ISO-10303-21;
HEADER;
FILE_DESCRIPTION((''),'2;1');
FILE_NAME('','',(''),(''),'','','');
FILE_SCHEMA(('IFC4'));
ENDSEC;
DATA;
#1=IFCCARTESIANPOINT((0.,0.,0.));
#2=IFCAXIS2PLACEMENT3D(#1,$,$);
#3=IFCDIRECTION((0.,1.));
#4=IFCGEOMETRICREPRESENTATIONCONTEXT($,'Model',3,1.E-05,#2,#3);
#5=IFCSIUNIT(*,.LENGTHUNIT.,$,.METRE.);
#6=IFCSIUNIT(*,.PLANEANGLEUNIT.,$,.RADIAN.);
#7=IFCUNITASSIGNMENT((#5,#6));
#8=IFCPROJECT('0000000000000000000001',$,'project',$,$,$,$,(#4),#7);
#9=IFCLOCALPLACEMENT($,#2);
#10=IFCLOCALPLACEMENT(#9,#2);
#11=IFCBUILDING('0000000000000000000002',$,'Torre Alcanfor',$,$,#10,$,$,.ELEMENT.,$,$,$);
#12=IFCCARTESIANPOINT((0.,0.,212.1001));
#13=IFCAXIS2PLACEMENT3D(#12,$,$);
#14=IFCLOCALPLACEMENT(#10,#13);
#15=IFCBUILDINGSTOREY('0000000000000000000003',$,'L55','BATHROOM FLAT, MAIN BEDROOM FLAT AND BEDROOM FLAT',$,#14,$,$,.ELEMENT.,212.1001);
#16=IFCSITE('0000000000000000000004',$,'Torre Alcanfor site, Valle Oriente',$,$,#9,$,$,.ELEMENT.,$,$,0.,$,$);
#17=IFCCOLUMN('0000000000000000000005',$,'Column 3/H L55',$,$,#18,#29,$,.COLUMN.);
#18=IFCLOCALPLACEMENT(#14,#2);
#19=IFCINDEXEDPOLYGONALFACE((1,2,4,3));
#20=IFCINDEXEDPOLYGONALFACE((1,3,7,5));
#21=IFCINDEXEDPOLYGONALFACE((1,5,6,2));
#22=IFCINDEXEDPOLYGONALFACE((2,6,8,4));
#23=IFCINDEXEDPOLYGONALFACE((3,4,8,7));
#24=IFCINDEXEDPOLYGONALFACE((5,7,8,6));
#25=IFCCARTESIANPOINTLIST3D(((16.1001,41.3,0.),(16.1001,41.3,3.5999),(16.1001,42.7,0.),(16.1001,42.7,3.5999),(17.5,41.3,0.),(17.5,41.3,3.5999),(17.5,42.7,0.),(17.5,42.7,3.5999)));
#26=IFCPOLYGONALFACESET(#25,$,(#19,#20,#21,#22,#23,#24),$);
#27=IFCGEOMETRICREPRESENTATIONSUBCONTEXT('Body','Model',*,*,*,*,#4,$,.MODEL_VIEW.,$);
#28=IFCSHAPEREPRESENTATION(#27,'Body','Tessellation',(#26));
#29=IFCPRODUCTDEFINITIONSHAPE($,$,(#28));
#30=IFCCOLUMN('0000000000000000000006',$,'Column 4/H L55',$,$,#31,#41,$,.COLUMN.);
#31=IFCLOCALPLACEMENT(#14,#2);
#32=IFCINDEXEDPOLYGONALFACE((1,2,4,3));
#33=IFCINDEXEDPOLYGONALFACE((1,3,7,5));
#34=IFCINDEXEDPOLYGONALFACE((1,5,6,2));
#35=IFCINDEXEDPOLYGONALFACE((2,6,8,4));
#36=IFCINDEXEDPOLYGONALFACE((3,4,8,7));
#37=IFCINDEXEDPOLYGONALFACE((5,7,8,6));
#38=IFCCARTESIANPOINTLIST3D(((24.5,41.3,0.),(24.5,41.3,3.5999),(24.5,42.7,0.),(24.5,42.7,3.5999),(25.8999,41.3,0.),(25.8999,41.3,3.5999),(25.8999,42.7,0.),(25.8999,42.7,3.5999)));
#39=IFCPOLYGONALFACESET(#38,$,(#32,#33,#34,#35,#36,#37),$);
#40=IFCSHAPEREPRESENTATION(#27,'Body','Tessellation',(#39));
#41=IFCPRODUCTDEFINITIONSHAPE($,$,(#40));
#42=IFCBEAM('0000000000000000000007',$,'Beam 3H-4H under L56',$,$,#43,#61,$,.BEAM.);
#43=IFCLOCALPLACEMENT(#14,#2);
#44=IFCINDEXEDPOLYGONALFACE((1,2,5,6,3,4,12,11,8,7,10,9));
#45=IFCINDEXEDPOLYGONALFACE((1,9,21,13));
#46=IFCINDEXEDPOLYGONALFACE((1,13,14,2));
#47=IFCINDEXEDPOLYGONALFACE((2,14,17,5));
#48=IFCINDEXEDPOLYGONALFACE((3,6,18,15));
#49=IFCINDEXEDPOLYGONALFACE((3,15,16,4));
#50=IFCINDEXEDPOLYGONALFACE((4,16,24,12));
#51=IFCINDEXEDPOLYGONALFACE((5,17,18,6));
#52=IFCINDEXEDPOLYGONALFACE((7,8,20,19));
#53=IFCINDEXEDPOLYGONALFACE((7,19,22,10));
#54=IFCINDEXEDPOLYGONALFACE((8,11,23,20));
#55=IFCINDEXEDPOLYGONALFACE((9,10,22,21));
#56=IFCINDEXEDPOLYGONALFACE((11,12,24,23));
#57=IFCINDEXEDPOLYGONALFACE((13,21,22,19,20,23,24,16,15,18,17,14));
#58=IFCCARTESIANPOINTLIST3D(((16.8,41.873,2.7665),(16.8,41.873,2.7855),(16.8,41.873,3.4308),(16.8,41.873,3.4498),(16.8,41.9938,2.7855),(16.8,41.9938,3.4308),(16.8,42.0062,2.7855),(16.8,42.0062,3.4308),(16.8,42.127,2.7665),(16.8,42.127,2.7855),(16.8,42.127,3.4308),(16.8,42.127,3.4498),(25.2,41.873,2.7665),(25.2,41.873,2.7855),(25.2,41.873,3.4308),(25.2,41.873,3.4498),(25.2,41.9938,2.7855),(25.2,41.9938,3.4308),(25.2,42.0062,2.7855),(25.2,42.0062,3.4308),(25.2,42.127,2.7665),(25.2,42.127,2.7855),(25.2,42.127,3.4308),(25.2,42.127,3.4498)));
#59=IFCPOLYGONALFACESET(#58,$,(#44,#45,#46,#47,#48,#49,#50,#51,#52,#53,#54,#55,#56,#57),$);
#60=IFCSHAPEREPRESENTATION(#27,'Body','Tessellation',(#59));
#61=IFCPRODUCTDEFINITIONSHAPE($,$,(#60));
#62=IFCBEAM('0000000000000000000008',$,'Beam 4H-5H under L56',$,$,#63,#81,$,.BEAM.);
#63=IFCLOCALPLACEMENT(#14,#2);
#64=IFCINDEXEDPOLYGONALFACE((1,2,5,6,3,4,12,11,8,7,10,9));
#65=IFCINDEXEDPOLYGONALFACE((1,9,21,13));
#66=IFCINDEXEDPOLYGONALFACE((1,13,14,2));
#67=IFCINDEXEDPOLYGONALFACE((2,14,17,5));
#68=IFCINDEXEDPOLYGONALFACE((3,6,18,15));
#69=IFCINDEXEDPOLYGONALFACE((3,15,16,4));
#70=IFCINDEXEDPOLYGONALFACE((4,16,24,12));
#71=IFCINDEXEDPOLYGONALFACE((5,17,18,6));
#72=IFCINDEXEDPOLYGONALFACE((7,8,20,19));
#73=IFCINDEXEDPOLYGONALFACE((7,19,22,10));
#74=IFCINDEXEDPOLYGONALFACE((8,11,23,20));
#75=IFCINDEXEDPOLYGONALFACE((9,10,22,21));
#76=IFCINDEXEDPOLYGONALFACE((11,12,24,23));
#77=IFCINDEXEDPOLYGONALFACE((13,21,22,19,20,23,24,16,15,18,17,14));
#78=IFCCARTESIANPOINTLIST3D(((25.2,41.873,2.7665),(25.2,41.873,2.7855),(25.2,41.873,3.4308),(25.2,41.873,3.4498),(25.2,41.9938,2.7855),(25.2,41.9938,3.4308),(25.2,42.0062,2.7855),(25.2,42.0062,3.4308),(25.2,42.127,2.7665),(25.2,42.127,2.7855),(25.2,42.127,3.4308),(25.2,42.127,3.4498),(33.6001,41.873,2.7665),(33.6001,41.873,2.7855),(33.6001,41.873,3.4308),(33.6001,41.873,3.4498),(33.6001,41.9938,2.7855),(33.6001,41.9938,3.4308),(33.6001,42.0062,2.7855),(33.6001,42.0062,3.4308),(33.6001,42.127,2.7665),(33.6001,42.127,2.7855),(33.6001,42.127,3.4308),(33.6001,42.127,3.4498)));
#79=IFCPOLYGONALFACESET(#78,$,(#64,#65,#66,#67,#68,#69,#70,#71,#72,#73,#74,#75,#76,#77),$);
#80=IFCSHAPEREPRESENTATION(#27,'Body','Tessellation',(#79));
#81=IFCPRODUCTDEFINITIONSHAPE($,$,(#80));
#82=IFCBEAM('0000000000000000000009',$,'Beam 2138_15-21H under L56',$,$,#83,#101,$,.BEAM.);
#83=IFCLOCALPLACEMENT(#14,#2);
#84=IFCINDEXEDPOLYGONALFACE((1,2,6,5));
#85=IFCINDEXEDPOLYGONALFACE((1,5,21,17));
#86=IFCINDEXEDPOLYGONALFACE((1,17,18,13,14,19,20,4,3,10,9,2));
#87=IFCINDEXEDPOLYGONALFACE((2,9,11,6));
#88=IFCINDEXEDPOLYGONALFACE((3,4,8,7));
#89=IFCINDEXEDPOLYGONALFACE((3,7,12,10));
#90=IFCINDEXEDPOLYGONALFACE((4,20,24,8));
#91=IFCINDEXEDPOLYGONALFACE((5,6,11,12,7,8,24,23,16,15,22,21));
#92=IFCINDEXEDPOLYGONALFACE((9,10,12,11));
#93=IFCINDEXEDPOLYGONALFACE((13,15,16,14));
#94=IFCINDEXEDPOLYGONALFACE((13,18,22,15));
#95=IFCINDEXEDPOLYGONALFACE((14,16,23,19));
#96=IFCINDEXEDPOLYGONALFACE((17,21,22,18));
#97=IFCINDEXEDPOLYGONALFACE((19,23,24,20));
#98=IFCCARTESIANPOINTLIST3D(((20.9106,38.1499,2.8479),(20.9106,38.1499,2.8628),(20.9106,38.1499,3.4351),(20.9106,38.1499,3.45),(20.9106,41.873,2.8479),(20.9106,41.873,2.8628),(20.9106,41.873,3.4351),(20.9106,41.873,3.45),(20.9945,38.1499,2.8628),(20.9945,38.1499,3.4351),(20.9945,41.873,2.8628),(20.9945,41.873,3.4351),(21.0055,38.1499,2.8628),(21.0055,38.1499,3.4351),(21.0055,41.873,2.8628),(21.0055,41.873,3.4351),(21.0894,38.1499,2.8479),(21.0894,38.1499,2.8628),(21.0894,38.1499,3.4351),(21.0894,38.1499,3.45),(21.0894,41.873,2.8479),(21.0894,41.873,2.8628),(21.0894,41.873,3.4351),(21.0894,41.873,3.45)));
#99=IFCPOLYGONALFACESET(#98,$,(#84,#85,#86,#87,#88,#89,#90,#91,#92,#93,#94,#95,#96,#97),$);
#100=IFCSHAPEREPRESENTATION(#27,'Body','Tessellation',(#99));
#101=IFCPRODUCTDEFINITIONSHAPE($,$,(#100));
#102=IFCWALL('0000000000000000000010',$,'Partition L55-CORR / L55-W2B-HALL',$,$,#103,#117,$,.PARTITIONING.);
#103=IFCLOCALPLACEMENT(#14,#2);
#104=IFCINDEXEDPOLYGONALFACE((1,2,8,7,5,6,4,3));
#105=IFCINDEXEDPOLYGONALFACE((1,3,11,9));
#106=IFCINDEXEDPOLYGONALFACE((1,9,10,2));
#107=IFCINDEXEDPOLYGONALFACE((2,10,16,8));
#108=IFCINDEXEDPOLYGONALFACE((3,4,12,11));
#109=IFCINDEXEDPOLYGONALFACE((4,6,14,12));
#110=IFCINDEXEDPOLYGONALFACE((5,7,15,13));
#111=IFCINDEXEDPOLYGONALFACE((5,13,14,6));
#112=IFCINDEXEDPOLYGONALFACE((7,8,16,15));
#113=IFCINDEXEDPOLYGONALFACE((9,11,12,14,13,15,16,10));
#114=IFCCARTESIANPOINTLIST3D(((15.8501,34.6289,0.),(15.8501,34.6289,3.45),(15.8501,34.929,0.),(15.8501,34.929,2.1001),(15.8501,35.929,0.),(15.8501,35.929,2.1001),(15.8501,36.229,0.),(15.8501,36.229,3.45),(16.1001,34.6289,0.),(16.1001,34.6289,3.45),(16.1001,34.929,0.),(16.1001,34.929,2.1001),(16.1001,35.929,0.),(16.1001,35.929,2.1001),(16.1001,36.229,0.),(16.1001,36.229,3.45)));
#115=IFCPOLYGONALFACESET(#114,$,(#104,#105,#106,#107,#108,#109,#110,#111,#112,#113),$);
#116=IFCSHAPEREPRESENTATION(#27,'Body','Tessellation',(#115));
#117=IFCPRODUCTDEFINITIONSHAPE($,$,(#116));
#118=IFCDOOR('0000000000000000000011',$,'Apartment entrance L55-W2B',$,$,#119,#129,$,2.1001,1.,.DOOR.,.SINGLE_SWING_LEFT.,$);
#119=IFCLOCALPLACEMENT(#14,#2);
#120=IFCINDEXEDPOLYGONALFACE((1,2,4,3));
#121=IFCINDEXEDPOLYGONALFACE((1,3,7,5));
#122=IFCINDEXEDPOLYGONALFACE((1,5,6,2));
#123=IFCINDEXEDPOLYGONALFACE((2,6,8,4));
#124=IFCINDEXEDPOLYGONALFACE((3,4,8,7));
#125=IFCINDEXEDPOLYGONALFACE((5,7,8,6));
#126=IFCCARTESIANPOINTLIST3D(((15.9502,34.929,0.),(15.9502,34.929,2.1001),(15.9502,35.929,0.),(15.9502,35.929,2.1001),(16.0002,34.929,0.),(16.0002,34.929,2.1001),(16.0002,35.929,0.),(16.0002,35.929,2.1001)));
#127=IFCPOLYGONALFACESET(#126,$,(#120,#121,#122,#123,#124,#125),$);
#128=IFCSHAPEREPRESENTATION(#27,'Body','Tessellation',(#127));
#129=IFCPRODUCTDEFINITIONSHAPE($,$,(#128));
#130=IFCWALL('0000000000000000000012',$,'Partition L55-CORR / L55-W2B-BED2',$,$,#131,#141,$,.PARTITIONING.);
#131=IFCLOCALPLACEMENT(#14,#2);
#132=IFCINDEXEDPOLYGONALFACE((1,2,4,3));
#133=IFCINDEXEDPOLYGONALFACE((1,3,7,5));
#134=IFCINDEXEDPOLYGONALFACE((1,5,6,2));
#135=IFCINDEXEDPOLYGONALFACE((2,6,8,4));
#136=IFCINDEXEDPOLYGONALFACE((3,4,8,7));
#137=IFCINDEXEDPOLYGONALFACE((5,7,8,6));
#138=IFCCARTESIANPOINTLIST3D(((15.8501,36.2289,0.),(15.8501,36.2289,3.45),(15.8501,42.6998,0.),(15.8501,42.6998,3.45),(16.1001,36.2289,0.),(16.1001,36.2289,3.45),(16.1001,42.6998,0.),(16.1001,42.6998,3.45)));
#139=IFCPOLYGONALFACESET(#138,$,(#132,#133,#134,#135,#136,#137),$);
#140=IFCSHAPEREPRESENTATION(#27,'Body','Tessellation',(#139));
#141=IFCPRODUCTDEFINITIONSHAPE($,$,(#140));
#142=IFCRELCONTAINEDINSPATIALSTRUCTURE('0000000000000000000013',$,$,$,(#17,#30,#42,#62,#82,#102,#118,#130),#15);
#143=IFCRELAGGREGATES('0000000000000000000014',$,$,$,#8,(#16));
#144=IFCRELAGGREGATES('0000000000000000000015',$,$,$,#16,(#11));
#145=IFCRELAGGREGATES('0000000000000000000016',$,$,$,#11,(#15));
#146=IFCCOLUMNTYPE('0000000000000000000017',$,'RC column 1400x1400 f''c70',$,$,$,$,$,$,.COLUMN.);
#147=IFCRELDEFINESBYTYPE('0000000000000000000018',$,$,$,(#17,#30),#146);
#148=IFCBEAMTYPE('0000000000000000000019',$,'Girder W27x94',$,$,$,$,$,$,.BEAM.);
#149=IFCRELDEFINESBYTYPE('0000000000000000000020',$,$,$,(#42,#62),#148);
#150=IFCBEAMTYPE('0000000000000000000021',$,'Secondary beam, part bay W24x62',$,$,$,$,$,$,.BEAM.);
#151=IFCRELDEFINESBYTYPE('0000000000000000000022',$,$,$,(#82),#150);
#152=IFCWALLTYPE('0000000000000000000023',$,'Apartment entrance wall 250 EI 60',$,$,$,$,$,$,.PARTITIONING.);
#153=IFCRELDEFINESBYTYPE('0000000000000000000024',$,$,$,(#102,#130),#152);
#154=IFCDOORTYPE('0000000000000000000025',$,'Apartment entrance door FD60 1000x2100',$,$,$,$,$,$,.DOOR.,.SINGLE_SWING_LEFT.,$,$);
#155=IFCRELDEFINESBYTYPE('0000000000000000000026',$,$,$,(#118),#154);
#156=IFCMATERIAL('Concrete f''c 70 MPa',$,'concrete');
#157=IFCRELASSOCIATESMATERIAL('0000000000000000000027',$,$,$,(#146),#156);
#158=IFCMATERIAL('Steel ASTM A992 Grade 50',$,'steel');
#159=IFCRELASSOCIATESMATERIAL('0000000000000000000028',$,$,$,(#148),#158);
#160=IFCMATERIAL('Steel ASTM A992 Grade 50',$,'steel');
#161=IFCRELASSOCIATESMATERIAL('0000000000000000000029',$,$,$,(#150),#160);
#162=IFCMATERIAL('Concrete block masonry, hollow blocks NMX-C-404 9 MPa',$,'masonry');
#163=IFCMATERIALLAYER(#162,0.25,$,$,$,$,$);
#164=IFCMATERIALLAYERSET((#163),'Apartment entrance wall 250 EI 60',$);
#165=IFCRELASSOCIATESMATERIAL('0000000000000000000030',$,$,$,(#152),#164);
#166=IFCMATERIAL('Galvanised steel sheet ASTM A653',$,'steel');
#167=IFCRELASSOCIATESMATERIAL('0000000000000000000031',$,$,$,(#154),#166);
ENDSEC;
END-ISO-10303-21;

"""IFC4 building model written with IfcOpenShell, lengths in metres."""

from ifc_helpers import new_model, si_unit, direction, frame, frame_2d, origin, origin_2d, place, context, subcontext, project, spatial, rectangle, i_section, extrude, material, layer, layer_set, material_profile, profile_set, type_object, element, fill, save


model = new_model("IFC4")

# Units and contexts
model_context = context("Model", 3, precision=1e-05, world=origin(), true_north=direction((0.0, 1.0)))
body_context = subcontext(model_context, "Body", "Model", "MODEL_VIEW")
ifc_project = project(units=[si_unit("LENGTHUNIT", "METRE"), si_unit("PLANEANGLEUNIT", "RADIAN")], contexts=[model_context])

# Site, building, storey
site_placement = place(None, origin())
site = spatial("IfcSite", under=ifc_project, at=site_placement, Name="Torre Alcanfor site, Valle Oriente", CompositionType="ELEMENT", RefElevation=0.0)
building_placement = place(site_placement, origin())
building = spatial("IfcBuilding", under=site, at=building_placement, Name="Torre Alcanfor", CompositionType="ELEMENT")
storey_placement = place(building_placement, frame((0.0, 0.0, 212.1001)))
storey = spatial("IfcBuildingStorey", under=building, at=storey_placement, Name="L55", Description="BATHROOM FLAT, MAIN BEDROOM FLAT AND BEDROOM FLAT", CompositionType="ELEMENT", Elevation=212.1001)

# Columns
ifc_material_1 = material(Name="Concrete f'c 70 MPa", Category="concrete")
ifc_material_profile_1 = material_profile(ifc_material_1, rectangle(XDim=1.3999, YDim=1.3999, at=origin_2d()), Name="1400x1400")
ifc_profile_set_1 = profile_set([ifc_material_profile_1], Name="Concrete f'c 70 MPa")
column_type = type_object("IfcColumnType", Name="RC column 1400x1400 f'c70", PredefinedType="COLUMN", material=ifc_profile_set_1)
for number, where, z_axis, x_axis, name in (
    (1, (16.8, 42.0, 0.0), (0.0, 0.0, 1.0), (1.0, 0.0, 0.0), "Column 3/H L55"),
    (2, (25.2, 42.0, 0.0), (0.0, 0.0, 1.0), (1.0, 0.0, 0.0), "Column 4/H L55"),
):
    element("IfcColumn", number, at=place(storey_placement, frame(where, z_axis=z_axis, x_axis=x_axis)), inside=storey, type_object=column_type, Name=name, PredefinedType="COLUMN", context=body_context, shape_type="SweptSolid", body=[
        extrude(rectangle(XDim=1.3999, YDim=1.3999, at=origin_2d()), origin(), (0.0, 0.0, 1.0), 3.5999),
    ])

# Beams
ifc_material_2 = material(Name="Steel ASTM A992 Grade 50", Category="steel")
ifc_material_profile_2 = material_profile(ifc_material_2, i_section(OverallWidth=0.2539, OverallDepth=0.6833, WebThickness=0.0125, FlangeThickness=0.019, at=origin_2d()), Name="W27x94")
ifc_profile_set_2 = profile_set([ifc_material_profile_2], Name="Steel ASTM A992 Grade 50")
beam_type_1 = type_object("IfcBeamType", Name="Girder W27x94", PredefinedType="BEAM", material=ifc_profile_set_2)
beam_1_placement = place(storey_placement, frame((16.8, 42.0, 3.1082), z_axis=(1.0, 0.0, 0.0), x_axis=(0.0, 1.0, 0.0)))
element("IfcBeam", 3, at=beam_1_placement, inside=storey, type_object=beam_type_1, Name="Beam 3H-4H under L56", PredefinedType="BEAM", context=body_context, shape_type="SweptSolid", body=[
    extrude(i_section(OverallWidth=0.2539, OverallDepth=0.6833, WebThickness=0.0125, FlangeThickness=0.019, at=origin_2d()), origin(), (0.0, 0.0, 1.0), 8.3999),
])
beam_2_placement = place(storey_placement, frame((25.2, 42.0, 3.1082), z_axis=(1.0, 0.0, 0.0), x_axis=(0.0, 1.0, 0.0)))
element("IfcBeam", 4, at=beam_2_placement, inside=storey, type_object=beam_type_1, Name="Beam 4H-5H under L56", PredefinedType="BEAM", context=body_context, shape_type="SweptSolid", body=[
    extrude(i_section(OverallWidth=0.2539, OverallDepth=0.6833, WebThickness=0.0125, FlangeThickness=0.019, at=origin_2d()), origin(), (0.0, 0.0, 1.0), 8.4001),
])
ifc_material_3 = material(Name="Steel ASTM A992 Grade 50", Category="steel")
ifc_material_profile_3 = material_profile(ifc_material_3, i_section(OverallWidth=0.1787, OverallDepth=0.6021, WebThickness=0.011, FlangeThickness=0.0149, at=origin_2d()), Name="W24x62")
ifc_profile_set_3 = profile_set([ifc_material_profile_3], Name="Steel ASTM A992 Grade 50")
beam_type_2 = type_object("IfcBeamType", Name="Secondary beam, part bay W24x62", PredefinedType="BEAM", material=ifc_profile_set_3)
beam_3_placement = place(storey_placement, frame((21.0, 38.1499, 3.1489), z_axis=(0.0, 1.0, 0.0), x_axis=(-1.0, 0.0, 0.0)))
element("IfcBeam", 5, at=beam_3_placement, inside=storey, type_object=beam_type_2, Name="Beam 2138_15-21H under L56", PredefinedType="BEAM", context=body_context, shape_type="SweptSolid", body=[
    extrude(i_section(OverallWidth=0.1787, OverallDepth=0.6021, WebThickness=0.011, FlangeThickness=0.0149, at=origin_2d()), origin(), (0.0, 0.0, 1.0), 3.7231),
])

# Wall, opening, door
ifc_material_4 = material(Name="Concrete block masonry, hollow blocks NMX-C-404 9 MPa", Category="masonry")
ifc_layer_1 = layer(ifc_material_4, 0.25)
ifc_layer_set_1 = layer_set([ifc_layer_1], Name="Apartment entrance wall 250 EI 60")
wall_type_1 = type_object("IfcWallType", Name="Apartment entrance wall 250 EI 60", PredefinedType="PARTITIONING", material=ifc_layer_set_1)
wall_1_placement = place(storey_placement, frame((15.9751, 34.6289, 0.0), z_axis=(0.0, 0.0, 1.0), x_axis=(0.0, 1.0, 0.0)))
wall_1 = element("IfcWall", 6, at=wall_1_placement, inside=storey, type_object=wall_type_1, Name="Partition L55-CORR / L55-W2B-HALL", PredefinedType="PARTITIONING", context=body_context, shape_type="SweptSolid", body=[
    extrude(rectangle(XDim=1.6001, YDim=0.25, at=frame_2d((0.8, 0.0))), origin(), (0.0, 0.0, 1.0), 3.45),
])
opening_1_placement = place(wall_1_placement, frame((0.3, 0.0, 0.0)))
opening_1 = element("IfcOpeningElement", 7, at=opening_1_placement, cuts=wall_1, PredefinedType="OPENING", context=body_context, shape_type="SweptSolid", body=[
    extrude(rectangle(XDim=1.0, YDim=2.1001, at=frame_2d((0.5, 1.05))), frame((0.0, 0.135, 0.0), z_axis=(0.0, -1.0, 0.0), x_axis=(1.0, 0.0, 0.0)), (0.0, 0.0, 1.0), 0.27),
])
ifc_material_5 = material(Name="Galvanised steel sheet ASTM A653", Category="steel")
door_type_1 = type_object("IfcDoorType", Name="Apartment entrance door FD60 1000x2100", OperationType="SINGLE_SWING_LEFT", PredefinedType="DOOR", material=ifc_material_5)
door_1_placement = place(opening_1_placement, origin())
door_1 = element("IfcDoor", 8, at=door_1_placement, inside=storey, type_object=door_type_1, Name="Apartment entrance L55-W2B", OperationType="SINGLE_SWING_LEFT", OverallHeight=2.1001, OverallWidth=1.0, PredefinedType="DOOR", context=body_context, shape_type="SweptSolid", body=[
    extrude(rectangle(XDim=1.0, YDim=2.1001, at=frame_2d((0.5, 1.05))), frame((0.0, 0.0249, 0.0), z_axis=(0.0, -1.0, 0.0), x_axis=(1.0, 0.0, 0.0)), (0.0, 0.0, 1.0), 0.05),
])
fill(opening_1, door_1)

# Wall
wall_2_placement = place(storey_placement, frame((15.9751, 36.229, 0.0), z_axis=(0.0, 0.0, 1.0), x_axis=(0.0, 1.0, 0.0)))
element("IfcWall", 9, at=wall_2_placement, inside=storey, type_object=wall_type_1, Name="Partition L55-CORR / L55-W2B-BED2", PredefinedType="PARTITIONING", context=body_context, shape_type="SweptSolid", body=[
    extrude(rectangle(XDim=6.4709, YDim=0.25, at=frame_2d((3.2354, 0.0))), origin(), (0.0, 0.0, 1.0), 3.45),
])

save(model, "model.ifc")
